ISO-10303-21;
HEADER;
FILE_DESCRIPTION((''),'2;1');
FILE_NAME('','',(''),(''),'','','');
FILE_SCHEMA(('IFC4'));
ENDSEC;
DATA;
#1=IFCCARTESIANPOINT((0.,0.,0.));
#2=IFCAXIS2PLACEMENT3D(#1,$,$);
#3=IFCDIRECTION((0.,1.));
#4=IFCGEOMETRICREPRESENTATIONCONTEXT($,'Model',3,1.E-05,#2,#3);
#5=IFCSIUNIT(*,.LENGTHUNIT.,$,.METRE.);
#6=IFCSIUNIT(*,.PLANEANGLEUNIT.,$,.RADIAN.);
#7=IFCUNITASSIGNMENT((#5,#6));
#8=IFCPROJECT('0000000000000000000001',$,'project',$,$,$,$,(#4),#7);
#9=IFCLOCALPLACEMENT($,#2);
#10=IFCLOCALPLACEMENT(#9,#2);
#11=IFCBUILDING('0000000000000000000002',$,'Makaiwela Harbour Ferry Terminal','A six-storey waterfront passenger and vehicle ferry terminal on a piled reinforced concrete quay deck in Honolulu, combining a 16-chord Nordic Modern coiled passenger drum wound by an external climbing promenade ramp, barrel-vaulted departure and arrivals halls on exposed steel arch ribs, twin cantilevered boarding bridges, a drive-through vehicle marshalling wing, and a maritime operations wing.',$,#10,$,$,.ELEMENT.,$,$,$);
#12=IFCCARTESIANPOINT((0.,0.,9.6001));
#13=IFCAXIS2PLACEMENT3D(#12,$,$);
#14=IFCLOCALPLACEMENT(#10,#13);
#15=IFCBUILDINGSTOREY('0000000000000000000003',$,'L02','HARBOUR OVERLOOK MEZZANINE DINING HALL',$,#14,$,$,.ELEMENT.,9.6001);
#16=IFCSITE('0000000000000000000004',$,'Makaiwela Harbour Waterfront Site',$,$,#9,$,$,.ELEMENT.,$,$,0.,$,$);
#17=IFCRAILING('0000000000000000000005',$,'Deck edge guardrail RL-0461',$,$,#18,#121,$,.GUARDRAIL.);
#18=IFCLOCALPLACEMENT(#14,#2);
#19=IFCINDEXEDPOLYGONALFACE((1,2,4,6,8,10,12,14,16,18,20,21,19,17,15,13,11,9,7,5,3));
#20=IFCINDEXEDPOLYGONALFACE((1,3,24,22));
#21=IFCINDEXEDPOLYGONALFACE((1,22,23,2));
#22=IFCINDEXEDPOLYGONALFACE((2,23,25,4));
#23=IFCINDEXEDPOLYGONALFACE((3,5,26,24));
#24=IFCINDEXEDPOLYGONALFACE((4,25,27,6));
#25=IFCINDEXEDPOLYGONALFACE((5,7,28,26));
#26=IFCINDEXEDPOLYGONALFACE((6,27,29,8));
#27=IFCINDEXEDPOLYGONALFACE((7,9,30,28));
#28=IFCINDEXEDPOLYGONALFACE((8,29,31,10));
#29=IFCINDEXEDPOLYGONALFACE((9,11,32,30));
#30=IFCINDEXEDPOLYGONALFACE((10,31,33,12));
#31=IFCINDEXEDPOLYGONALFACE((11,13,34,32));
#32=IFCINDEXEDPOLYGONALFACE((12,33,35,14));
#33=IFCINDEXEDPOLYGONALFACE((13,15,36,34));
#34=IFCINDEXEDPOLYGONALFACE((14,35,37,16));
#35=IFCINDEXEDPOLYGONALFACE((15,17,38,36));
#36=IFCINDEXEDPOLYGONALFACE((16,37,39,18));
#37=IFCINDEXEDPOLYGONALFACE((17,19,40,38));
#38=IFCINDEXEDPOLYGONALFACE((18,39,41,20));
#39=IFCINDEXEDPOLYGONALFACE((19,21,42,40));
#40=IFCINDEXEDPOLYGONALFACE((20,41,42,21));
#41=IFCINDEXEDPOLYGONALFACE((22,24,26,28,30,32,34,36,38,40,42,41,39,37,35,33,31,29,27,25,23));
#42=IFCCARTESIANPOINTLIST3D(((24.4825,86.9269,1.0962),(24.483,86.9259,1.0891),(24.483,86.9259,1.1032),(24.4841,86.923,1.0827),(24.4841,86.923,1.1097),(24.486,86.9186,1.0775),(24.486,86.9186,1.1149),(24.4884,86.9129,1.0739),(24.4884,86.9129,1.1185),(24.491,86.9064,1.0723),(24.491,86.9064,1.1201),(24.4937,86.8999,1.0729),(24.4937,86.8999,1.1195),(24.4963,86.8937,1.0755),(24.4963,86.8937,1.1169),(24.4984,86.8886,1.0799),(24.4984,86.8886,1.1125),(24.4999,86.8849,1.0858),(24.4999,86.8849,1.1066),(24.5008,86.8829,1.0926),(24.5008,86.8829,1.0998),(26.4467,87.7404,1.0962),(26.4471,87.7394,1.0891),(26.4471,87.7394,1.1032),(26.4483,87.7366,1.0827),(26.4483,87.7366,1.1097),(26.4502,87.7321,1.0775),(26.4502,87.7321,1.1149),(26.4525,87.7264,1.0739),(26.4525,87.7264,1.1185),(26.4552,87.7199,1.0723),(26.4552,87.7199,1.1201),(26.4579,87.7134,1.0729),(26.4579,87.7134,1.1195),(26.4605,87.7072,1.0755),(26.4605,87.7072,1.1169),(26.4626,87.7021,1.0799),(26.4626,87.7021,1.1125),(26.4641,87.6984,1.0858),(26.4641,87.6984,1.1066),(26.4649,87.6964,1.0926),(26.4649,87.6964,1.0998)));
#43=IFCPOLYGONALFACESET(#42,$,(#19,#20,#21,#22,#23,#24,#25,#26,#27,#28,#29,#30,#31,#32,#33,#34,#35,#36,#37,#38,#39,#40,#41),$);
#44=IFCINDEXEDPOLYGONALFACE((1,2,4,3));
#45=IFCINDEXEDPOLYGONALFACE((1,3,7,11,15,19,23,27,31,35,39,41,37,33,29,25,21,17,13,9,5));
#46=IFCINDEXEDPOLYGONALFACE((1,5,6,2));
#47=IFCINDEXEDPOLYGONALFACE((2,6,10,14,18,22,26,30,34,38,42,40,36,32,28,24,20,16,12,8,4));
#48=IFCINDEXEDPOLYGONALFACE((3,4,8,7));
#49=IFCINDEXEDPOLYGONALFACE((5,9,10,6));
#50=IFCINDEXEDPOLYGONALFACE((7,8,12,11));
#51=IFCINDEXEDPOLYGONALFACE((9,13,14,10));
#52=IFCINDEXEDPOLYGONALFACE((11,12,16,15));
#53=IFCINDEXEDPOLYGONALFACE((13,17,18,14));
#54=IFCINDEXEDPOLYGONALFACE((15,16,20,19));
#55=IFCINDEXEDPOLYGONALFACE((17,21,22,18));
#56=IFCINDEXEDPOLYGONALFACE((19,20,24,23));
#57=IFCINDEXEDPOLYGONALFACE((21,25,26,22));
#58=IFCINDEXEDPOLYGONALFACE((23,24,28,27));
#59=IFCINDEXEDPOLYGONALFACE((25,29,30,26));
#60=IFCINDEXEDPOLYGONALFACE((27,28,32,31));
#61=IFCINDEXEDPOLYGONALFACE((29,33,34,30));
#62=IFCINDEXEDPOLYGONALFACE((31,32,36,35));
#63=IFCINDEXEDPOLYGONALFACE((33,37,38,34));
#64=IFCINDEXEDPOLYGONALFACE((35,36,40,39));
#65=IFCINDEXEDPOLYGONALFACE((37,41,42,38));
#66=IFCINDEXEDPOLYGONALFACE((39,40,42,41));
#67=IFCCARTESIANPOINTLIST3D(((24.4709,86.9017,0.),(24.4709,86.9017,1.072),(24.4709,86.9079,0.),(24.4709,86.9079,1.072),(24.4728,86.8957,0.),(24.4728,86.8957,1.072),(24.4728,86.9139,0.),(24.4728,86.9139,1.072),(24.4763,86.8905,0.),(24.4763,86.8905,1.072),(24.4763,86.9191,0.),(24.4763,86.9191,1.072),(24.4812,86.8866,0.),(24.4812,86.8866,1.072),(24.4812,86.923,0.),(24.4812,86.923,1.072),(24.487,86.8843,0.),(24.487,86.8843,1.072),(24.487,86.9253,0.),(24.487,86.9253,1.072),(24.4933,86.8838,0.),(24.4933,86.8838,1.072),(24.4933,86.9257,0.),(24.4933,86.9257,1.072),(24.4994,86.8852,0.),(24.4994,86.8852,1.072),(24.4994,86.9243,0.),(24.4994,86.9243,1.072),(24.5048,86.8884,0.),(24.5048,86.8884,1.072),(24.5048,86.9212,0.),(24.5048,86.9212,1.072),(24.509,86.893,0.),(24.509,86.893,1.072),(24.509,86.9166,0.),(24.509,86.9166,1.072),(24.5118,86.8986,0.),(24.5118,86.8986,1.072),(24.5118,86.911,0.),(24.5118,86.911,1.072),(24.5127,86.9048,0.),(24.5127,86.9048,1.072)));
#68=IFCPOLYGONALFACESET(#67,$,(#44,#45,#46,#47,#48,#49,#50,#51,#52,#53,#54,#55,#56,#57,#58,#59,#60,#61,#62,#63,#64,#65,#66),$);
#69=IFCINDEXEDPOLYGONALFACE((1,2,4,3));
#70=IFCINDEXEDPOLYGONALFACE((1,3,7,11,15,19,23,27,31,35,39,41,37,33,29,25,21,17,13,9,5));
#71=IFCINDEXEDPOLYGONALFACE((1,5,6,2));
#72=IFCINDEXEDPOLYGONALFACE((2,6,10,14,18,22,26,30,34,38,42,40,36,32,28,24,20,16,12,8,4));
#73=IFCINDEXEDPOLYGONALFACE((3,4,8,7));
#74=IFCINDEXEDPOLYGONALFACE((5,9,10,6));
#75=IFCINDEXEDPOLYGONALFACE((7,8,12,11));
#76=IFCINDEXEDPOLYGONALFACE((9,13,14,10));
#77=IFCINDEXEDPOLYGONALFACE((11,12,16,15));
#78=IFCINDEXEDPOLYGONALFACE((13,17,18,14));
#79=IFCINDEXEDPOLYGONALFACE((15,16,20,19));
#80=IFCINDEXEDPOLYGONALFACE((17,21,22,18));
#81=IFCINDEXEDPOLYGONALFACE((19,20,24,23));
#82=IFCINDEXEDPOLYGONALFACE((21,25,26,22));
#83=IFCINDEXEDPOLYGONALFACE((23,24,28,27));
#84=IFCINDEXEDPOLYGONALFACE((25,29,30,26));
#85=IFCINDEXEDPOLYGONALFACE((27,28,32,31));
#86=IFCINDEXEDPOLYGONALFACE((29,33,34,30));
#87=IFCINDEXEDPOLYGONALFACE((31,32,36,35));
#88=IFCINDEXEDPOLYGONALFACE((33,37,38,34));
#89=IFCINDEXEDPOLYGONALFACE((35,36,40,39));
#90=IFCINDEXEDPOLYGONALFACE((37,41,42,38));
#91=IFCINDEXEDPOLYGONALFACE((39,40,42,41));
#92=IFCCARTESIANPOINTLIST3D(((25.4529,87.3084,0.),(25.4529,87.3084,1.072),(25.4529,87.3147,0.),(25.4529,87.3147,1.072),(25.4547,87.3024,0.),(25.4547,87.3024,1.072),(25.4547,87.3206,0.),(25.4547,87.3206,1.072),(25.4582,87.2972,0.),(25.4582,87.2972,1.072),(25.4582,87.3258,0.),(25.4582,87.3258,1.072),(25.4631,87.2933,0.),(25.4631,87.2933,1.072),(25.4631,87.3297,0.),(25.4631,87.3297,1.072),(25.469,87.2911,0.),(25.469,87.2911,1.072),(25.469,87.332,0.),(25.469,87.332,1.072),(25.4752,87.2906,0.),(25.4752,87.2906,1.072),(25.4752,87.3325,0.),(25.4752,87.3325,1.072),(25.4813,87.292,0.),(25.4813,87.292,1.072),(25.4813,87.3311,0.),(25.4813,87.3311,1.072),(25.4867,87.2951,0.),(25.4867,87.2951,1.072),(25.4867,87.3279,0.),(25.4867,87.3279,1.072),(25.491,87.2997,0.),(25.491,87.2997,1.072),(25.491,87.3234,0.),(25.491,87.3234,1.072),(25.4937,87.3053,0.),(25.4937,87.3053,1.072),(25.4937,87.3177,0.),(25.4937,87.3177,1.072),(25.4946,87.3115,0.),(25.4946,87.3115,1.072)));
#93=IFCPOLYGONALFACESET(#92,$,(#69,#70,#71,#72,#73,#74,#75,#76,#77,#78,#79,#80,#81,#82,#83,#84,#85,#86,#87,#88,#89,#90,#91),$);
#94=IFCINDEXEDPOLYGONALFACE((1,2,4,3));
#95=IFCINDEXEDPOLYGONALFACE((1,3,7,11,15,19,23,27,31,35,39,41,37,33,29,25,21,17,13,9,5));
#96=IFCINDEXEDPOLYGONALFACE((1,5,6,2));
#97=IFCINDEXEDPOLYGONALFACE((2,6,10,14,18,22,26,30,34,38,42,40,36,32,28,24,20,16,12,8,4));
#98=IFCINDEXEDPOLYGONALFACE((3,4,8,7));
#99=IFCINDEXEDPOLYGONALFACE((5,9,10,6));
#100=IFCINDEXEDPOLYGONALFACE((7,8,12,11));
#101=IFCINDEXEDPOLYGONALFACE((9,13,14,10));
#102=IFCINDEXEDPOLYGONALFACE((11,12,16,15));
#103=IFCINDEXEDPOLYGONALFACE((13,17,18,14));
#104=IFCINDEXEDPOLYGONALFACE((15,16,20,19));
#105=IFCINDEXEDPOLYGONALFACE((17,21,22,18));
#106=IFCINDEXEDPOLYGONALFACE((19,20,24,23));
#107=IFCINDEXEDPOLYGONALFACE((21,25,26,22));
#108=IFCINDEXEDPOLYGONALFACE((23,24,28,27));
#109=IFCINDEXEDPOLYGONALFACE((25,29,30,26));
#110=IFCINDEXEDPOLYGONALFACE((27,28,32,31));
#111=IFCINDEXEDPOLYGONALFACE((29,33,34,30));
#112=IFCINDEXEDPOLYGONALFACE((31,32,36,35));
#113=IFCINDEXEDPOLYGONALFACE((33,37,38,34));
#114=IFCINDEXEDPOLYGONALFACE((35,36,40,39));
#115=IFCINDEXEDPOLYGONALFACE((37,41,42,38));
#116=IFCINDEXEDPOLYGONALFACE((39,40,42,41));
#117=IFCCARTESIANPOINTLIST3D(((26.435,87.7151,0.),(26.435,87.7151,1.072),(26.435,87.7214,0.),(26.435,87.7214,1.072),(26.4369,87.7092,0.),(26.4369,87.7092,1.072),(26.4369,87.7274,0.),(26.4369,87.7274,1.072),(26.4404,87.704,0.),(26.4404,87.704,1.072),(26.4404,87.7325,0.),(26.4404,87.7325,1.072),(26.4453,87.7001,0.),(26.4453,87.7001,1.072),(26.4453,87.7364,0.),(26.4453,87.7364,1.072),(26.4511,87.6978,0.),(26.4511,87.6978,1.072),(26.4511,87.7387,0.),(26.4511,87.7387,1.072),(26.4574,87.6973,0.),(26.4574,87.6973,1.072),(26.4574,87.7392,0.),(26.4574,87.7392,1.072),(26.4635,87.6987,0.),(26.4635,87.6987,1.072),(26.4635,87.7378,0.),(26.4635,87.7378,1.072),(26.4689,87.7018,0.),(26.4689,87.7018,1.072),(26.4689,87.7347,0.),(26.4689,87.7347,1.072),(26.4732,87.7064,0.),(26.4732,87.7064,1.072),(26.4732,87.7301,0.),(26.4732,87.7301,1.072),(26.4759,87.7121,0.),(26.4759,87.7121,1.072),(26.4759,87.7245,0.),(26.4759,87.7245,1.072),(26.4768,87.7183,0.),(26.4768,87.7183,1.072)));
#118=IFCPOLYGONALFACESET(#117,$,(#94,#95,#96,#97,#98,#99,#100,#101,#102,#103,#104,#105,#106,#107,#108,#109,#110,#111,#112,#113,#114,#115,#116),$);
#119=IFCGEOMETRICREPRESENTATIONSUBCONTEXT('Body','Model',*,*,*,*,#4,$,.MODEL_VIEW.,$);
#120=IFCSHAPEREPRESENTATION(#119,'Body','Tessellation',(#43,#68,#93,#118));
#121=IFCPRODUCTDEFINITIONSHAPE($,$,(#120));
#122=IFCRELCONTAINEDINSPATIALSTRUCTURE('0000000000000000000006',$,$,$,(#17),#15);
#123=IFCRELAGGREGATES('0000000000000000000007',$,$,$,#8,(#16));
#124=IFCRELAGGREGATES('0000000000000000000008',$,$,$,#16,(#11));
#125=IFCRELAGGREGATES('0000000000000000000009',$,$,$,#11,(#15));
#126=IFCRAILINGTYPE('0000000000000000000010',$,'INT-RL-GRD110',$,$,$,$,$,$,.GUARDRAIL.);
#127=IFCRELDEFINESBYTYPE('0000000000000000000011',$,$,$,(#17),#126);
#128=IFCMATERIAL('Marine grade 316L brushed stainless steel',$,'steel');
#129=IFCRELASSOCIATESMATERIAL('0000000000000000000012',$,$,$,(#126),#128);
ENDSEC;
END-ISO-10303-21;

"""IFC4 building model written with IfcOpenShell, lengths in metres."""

from ifc_helpers import new_model, si_unit, direction, frame, origin, origin_2d, place, context, subcontext, project, spatial, circle, extrude, material, type_object, element, save


model = new_model("IFC4")

# Units and contexts
model_context = context("Model", 3, precision=1e-05, world=origin(), true_north=direction((0.0, 1.0)))
body_context = subcontext(model_context, "Body", "Model", "MODEL_VIEW")
ifc_project = project(units=[si_unit("LENGTHUNIT", "METRE"), si_unit("PLANEANGLEUNIT", "RADIAN")], contexts=[model_context])

# Site, building, storey
site_placement = place(None, origin())
site = spatial("IfcSite", under=ifc_project, at=site_placement, Name="Makaiwela Harbour Waterfront Site", CompositionType="ELEMENT", RefElevation=0.0)
building_placement = place(site_placement, origin())
building = spatial("IfcBuilding", under=site, at=building_placement, Name="Makaiwela Harbour Ferry Terminal", Description="A six-storey waterfront passenger and vehicle ferry terminal on a piled reinforced concrete quay deck in Honolulu, combining a 16-chord Nordic Modern coiled passenger drum wound by an external climbing promenade ramp, barrel-vaulted departure and arrivals halls on exposed steel arch ribs, twin cantilevered boarding bridges, a drive-through vehicle marshalling wing, and a maritime operations wing.", CompositionType="ELEMENT")
storey_placement = place(building_placement, frame((0.0, 0.0, 9.6001)))
storey = spatial("IfcBuildingStorey", under=building, at=storey_placement, Name="L02", Description="HARBOUR OVERLOOK MEZZANINE DINING HALL", CompositionType="ELEMENT", Elevation=9.6001)

# Railing
ifc_material_1 = material(Name="Marine grade 316L brushed stainless steel", Category="steel")
railing_type_1 = type_object("IfcRailingType", Name="INT-RL-GRD110", PredefinedType="GUARDRAIL", material=ifc_material_1)
railing_1_placement = place(storey_placement, frame((24.4917, 86.9048, 0.0)))
element("IfcRailing", 1, at=railing_1_placement, inside=storey, type_object=railing_type_1, Name="Deck edge guardrail RL-0461", PredefinedType="GUARDRAIL", context=body_context, shape_type="SweptSolid", body=[
    extrude(circle(Radius=0.0239, at=origin_2d()), frame((0.0, 0.0, 1.0962), z_axis=(0.923894, 0.382649, 0.0), x_axis=(-0.382649, 0.923894, 0.0)), (0.0, 0.0, 1.0), 2.126),
    extrude(circle(Radius=0.021, at=origin_2d()), origin(), (0.0, 0.0, 1.0), 1.072),
    extrude(circle(Radius=0.021, at=origin_2d()), frame((0.9819, 0.4067, 0.0)), (0.0, 0.0, 1.0), 1.072),
    extrude(circle(Radius=0.021, at=origin_2d()), frame((1.9641, 0.8135, 0.0)), (0.0, 0.0, 1.0), 1.072),
])

save(model, "model.ifc")
